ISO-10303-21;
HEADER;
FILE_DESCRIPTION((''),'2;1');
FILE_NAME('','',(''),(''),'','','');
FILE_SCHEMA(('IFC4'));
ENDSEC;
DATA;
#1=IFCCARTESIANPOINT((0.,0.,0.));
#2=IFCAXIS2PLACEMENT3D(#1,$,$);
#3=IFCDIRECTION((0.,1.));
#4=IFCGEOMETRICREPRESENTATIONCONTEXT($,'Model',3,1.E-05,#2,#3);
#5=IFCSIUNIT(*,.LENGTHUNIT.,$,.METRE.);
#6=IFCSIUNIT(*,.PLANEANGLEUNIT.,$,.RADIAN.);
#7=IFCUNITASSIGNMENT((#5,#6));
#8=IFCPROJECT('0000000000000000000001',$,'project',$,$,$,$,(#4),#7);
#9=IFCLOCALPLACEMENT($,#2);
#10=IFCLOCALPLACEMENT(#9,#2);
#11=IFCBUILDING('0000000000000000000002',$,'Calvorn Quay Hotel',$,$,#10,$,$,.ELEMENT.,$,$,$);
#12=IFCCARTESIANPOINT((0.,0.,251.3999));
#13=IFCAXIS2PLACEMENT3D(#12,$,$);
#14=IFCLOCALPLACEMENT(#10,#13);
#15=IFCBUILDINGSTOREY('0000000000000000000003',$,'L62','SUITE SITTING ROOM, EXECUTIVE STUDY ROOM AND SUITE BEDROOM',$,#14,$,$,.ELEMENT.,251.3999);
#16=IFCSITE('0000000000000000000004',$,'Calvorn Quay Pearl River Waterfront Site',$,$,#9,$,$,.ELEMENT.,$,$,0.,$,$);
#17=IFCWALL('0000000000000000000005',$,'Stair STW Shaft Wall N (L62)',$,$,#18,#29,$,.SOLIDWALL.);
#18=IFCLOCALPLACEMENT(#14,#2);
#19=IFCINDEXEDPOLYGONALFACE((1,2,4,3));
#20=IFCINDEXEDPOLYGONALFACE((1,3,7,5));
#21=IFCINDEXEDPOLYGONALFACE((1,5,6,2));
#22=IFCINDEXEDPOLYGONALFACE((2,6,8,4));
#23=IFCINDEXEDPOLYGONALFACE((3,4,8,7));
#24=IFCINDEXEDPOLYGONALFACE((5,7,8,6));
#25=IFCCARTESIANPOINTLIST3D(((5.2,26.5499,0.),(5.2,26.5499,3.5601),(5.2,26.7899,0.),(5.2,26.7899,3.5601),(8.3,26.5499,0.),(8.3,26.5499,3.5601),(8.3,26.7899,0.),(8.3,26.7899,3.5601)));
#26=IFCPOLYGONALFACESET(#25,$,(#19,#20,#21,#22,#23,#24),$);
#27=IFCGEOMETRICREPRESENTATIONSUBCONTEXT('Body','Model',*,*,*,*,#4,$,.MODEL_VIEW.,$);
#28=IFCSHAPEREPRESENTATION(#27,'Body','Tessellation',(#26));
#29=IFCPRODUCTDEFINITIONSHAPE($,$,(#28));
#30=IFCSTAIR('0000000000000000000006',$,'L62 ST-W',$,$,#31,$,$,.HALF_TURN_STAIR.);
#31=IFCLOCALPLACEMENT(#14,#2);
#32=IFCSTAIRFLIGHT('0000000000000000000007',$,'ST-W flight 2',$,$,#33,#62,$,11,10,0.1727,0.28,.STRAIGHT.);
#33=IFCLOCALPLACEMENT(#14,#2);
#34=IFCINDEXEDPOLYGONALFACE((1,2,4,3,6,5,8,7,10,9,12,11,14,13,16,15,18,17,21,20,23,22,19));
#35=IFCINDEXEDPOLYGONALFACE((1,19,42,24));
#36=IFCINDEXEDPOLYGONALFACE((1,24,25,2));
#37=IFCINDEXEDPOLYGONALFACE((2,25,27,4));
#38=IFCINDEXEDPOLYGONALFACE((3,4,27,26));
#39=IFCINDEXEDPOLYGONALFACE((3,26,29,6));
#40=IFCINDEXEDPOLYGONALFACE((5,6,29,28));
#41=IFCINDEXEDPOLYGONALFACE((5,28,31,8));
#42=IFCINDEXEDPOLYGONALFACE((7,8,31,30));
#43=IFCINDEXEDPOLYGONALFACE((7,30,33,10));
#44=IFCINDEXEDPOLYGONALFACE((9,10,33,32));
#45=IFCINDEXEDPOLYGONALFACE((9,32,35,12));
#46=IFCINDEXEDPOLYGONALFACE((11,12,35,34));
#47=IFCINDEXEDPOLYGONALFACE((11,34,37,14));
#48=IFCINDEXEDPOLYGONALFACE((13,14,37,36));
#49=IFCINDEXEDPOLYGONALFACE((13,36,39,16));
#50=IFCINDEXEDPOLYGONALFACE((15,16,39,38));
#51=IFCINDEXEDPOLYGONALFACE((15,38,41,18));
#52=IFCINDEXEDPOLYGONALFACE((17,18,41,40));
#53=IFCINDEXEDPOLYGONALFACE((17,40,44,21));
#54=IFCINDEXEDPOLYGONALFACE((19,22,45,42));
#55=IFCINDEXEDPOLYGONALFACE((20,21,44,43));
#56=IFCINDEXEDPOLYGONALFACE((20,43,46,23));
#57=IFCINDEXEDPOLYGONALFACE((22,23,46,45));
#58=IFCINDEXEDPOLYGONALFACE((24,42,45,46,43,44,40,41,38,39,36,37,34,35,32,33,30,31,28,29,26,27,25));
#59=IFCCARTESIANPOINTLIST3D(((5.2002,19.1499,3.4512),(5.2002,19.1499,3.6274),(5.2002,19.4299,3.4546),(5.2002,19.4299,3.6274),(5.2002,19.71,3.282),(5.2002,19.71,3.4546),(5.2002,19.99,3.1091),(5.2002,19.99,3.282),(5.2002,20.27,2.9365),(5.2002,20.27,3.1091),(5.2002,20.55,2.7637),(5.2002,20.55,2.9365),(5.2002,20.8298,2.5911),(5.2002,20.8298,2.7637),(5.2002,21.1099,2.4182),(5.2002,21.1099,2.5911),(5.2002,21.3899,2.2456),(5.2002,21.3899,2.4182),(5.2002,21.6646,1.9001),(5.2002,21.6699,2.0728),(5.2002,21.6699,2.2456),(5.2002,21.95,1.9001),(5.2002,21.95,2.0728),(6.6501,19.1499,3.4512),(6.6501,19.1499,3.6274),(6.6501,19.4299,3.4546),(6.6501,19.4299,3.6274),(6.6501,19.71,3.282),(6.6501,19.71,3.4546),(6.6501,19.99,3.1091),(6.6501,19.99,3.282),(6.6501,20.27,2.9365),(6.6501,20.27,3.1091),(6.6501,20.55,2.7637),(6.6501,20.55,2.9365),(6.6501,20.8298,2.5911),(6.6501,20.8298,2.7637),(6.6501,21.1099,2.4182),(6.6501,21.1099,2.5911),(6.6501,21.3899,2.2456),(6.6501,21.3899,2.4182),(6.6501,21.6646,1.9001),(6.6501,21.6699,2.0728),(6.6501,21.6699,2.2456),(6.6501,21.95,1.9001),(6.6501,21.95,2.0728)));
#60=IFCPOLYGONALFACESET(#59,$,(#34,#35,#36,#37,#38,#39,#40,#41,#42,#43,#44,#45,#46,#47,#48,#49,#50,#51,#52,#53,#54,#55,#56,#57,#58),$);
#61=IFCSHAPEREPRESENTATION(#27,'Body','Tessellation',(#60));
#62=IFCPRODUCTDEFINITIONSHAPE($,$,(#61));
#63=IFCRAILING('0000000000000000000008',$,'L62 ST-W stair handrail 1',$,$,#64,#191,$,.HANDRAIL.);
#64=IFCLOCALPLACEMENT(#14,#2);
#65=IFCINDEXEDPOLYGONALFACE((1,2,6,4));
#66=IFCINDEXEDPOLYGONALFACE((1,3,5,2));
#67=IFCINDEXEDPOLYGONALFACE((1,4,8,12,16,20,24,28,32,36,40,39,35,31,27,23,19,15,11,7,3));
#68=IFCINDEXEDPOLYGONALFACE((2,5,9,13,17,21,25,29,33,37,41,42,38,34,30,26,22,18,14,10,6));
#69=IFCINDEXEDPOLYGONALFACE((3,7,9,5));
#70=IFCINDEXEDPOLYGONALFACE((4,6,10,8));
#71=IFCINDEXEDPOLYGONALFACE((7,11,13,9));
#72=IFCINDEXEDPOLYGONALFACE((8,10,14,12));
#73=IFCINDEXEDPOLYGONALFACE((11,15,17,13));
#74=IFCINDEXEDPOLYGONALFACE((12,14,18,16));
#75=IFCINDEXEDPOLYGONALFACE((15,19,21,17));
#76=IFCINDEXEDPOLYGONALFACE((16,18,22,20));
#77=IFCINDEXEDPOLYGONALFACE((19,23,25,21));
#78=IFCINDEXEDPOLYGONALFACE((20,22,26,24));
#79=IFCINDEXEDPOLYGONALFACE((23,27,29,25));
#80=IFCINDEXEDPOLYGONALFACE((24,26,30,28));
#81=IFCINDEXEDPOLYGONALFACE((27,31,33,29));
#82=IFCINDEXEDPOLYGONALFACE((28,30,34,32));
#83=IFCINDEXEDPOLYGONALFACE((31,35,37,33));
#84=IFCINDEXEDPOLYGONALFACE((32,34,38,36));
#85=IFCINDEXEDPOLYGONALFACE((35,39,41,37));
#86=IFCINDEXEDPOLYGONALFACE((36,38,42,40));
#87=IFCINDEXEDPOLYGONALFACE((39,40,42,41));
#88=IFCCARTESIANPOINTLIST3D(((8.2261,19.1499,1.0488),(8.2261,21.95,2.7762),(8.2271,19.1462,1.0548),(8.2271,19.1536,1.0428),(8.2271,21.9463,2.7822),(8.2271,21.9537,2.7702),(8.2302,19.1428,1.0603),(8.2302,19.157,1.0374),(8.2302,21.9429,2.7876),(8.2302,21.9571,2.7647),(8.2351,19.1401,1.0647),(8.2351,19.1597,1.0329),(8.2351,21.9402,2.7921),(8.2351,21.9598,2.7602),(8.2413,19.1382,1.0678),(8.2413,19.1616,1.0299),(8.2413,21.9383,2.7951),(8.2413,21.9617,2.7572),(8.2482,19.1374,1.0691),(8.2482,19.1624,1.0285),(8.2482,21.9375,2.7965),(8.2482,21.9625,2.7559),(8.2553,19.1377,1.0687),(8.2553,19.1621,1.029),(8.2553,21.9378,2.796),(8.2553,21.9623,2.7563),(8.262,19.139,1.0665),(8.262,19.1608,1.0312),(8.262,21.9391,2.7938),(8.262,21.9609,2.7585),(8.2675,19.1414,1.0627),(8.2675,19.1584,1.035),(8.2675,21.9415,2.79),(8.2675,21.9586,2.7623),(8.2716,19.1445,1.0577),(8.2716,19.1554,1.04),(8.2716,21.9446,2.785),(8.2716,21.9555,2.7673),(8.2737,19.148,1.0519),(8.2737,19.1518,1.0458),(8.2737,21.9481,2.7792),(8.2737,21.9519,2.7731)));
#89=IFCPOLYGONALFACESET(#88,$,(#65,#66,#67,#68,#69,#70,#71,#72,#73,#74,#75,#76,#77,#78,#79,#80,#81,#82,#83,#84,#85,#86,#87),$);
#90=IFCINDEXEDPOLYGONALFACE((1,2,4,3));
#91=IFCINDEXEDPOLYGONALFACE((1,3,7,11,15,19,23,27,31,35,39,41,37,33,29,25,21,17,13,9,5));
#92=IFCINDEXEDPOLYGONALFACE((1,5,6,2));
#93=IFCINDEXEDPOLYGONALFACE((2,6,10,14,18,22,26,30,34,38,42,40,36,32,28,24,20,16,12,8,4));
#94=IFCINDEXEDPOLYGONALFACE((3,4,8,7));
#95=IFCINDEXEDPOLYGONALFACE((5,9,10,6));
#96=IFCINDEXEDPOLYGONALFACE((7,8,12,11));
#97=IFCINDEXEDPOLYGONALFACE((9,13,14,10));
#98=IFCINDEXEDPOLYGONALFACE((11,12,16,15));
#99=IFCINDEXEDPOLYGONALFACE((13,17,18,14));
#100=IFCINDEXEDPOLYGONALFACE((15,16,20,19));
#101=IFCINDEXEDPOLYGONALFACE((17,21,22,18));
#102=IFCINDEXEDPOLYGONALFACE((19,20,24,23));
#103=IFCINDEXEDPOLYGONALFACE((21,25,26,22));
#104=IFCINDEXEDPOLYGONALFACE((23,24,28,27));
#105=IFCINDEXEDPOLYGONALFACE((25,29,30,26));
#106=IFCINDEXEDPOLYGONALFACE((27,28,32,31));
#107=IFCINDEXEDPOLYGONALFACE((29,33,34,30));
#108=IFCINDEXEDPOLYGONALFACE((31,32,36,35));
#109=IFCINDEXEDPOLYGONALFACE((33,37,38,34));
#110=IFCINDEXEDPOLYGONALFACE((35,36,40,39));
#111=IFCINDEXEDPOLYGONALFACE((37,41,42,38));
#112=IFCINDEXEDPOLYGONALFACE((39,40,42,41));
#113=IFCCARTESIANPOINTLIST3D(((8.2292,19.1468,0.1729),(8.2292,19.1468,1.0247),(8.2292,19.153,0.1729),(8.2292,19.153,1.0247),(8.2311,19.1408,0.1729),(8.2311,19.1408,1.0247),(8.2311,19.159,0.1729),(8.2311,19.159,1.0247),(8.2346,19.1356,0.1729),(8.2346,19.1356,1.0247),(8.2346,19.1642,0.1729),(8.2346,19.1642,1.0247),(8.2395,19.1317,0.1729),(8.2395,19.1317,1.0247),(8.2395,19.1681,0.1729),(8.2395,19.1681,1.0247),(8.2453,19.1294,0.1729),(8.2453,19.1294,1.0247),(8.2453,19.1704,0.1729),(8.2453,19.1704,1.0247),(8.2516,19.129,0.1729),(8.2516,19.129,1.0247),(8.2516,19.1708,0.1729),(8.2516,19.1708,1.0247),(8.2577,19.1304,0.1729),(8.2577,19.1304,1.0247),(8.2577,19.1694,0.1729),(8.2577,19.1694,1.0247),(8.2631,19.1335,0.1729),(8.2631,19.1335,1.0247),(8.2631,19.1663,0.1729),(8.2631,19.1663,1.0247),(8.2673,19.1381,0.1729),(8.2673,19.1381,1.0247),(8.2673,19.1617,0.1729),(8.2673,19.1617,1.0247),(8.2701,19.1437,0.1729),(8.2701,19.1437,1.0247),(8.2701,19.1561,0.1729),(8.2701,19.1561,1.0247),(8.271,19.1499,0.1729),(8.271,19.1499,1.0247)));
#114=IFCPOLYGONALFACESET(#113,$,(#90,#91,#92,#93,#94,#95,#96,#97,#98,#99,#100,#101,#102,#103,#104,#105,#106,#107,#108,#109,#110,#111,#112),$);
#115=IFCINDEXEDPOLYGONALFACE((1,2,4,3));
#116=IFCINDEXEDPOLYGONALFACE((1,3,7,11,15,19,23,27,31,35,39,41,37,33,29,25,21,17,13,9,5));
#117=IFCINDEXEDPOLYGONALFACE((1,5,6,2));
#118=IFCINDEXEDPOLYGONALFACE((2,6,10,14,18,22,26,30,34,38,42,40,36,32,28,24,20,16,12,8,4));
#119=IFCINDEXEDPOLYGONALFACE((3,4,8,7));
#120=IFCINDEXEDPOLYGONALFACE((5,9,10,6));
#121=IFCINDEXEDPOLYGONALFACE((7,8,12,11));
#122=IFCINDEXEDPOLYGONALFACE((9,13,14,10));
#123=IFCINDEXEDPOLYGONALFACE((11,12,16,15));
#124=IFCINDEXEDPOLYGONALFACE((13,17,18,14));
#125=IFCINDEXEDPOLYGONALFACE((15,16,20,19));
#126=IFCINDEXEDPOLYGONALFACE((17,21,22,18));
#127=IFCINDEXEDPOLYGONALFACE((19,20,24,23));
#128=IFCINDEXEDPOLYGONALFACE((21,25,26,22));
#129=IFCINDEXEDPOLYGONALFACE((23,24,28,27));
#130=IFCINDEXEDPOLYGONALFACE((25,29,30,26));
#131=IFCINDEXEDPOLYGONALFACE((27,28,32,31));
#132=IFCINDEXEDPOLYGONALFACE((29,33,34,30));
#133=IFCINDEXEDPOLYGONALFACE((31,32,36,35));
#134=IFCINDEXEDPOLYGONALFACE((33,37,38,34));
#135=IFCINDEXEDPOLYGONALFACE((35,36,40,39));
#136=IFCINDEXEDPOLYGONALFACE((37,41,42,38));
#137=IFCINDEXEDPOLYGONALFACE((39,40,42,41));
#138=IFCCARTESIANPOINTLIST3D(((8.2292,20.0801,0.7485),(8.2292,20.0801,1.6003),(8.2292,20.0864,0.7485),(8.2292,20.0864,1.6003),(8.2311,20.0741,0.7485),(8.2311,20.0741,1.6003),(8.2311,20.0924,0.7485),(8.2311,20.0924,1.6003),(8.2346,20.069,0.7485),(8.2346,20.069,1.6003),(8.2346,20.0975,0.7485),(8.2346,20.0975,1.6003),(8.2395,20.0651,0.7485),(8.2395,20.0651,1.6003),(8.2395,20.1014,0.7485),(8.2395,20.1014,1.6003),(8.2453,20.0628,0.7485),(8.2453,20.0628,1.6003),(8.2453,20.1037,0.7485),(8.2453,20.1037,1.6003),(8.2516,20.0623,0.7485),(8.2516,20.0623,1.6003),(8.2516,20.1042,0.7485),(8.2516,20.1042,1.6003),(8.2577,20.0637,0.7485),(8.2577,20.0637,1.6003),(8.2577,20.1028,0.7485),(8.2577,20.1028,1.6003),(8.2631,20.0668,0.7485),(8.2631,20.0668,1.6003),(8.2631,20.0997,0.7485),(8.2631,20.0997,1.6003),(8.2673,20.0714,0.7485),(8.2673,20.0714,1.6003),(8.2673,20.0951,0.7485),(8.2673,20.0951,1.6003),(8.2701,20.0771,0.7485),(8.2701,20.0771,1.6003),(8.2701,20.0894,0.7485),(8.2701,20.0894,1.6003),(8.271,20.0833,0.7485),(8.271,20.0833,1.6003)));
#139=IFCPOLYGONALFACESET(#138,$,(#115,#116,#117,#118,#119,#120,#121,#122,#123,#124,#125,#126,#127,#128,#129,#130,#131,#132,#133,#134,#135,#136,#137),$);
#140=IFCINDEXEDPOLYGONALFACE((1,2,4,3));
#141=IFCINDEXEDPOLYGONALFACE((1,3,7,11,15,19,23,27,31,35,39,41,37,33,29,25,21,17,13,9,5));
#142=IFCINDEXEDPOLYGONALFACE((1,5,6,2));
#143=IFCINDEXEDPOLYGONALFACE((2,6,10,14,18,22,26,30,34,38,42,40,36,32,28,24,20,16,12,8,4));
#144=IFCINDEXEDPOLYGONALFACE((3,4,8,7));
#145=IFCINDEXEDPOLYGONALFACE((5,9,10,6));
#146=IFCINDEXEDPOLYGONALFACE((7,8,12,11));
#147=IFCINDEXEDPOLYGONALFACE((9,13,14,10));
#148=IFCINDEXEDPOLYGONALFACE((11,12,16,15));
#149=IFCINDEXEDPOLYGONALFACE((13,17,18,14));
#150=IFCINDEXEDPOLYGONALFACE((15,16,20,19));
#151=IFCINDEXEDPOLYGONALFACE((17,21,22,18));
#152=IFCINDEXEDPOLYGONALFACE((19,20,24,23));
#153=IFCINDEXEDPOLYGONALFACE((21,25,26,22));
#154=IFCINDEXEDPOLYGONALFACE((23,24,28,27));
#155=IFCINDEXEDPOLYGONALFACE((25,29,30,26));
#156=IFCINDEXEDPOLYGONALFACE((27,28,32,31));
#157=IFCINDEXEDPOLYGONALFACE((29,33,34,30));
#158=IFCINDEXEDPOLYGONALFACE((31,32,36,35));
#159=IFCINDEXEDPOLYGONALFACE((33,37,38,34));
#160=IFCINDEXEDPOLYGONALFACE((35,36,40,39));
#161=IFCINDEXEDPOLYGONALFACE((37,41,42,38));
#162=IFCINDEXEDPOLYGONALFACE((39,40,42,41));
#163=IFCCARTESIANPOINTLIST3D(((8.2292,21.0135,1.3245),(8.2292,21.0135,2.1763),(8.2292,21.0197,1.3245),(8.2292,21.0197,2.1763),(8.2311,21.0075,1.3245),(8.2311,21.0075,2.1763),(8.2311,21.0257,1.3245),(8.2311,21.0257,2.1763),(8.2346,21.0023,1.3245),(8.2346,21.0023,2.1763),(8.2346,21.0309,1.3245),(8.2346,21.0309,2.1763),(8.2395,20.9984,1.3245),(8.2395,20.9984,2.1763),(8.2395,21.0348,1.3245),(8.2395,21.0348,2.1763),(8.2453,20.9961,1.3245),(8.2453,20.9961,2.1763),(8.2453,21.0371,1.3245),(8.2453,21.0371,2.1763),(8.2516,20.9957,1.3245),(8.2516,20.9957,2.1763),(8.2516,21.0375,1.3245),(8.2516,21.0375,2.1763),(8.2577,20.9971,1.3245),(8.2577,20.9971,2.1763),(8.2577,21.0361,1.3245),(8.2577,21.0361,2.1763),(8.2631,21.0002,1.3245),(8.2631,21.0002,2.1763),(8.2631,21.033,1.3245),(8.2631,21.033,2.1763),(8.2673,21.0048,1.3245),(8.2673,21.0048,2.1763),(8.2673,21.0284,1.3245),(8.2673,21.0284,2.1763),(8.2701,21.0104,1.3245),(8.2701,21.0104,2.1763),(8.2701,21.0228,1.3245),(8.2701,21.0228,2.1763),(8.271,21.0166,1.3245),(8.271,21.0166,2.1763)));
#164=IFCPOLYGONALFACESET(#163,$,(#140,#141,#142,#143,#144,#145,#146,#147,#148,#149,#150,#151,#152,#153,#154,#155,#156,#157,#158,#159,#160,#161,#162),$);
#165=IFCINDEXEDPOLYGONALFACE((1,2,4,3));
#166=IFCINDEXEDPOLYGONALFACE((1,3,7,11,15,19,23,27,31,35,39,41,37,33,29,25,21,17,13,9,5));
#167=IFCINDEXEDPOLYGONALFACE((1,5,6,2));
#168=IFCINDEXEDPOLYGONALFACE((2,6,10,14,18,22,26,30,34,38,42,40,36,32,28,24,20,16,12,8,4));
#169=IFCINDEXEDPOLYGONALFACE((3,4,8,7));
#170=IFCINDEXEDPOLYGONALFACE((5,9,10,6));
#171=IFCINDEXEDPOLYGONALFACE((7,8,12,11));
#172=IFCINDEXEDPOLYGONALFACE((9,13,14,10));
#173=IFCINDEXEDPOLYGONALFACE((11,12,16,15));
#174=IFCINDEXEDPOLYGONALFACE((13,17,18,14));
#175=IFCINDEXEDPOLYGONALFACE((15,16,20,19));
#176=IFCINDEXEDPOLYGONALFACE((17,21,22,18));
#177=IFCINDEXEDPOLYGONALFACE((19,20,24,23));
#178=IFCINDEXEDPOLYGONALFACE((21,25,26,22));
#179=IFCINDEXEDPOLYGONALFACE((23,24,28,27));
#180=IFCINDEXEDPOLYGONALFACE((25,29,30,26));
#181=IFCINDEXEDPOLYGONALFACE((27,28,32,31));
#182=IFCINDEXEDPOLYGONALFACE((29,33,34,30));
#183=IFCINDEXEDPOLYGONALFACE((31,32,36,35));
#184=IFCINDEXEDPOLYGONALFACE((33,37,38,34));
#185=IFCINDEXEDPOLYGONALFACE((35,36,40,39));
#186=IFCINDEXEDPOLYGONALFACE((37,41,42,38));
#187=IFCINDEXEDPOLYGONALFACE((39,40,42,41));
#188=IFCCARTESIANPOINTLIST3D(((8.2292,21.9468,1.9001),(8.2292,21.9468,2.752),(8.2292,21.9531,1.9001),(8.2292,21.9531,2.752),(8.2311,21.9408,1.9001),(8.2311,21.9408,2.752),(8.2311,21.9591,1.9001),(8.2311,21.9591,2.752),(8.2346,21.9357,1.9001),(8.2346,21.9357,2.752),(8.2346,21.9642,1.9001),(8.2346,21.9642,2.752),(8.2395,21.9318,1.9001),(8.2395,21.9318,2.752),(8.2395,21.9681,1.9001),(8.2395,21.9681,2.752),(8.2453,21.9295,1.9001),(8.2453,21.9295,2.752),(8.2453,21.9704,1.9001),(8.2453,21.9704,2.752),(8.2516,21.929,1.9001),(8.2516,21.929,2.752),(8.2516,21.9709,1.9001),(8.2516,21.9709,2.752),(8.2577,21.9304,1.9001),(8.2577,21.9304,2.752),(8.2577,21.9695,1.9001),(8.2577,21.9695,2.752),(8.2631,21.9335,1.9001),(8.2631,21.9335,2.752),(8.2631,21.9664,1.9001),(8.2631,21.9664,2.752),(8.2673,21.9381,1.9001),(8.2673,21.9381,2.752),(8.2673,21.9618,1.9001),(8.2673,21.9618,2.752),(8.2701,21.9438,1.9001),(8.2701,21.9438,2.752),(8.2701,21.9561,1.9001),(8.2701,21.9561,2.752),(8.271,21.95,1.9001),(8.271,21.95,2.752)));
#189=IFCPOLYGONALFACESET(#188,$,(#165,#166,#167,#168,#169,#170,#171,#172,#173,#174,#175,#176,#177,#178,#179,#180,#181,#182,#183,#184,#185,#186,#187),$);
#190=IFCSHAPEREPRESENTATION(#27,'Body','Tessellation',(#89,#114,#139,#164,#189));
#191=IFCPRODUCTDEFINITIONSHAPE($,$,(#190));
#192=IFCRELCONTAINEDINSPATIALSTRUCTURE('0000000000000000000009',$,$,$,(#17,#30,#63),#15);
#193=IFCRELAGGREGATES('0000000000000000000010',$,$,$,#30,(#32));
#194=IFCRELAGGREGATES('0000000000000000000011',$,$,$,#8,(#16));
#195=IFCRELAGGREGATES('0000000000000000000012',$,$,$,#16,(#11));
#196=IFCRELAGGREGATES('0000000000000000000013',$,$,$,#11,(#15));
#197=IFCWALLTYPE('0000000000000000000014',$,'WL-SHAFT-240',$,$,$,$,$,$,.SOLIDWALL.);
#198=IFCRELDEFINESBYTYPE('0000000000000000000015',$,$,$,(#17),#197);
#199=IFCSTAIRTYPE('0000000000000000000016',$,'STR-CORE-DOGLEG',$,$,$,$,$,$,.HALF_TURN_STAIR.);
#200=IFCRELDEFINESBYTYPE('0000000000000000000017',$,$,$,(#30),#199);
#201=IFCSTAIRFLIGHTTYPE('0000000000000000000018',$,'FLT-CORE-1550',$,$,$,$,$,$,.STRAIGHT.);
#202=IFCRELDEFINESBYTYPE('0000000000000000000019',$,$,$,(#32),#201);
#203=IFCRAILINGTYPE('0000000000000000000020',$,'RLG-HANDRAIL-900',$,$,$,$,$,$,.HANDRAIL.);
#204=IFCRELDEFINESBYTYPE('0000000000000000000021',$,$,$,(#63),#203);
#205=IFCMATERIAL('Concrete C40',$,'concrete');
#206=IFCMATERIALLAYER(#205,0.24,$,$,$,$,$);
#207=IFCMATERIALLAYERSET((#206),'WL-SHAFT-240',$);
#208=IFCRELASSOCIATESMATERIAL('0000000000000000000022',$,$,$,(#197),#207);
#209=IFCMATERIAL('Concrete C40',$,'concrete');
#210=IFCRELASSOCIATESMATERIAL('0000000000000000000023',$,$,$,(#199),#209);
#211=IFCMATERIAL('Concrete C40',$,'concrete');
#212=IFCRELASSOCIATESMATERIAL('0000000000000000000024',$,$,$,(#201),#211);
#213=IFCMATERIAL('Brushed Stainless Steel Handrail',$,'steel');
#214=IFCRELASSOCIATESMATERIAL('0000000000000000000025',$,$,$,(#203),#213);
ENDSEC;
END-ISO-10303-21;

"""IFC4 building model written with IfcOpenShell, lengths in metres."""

from ifc_helpers import new_model, si_unit, direction, frame, frame_2d, origin, origin_2d, place, context, subcontext, project, spatial, polyline, rectangle, circle, outline, extrude, material, layer, layer_set, type_object, element, aggregate, save


model = new_model("IFC4")

# Units and contexts
model_context = context("Model", 3, precision=1e-05, world=origin(), true_north=direction((0.0, 1.0)))
body_context = subcontext(model_context, "Body", "Model", "MODEL_VIEW")
ifc_project = project(units=[si_unit("LENGTHUNIT", "METRE"), si_unit("PLANEANGLEUNIT", "RADIAN")], contexts=[model_context])

# Site, building, storey
site_placement = place(None, origin())
site = spatial("IfcSite", under=ifc_project, at=site_placement, Name="Calvorn Quay Pearl River Waterfront Site", CompositionType="ELEMENT", RefElevation=0.0)
building_placement = place(site_placement, origin())
building = spatial("IfcBuilding", under=site, at=building_placement, Name="Calvorn Quay Hotel", CompositionType="ELEMENT")
storey_placement = place(building_placement, frame((0.0, 0.0, 251.3999)))
storey = spatial("IfcBuildingStorey", under=building, at=storey_placement, Name="L62", Description="SUITE SITTING ROOM, EXECUTIVE STUDY ROOM AND SUITE BEDROOM", CompositionType="ELEMENT", Elevation=251.3999)

# Wall
ifc_material_1 = material(Name="Concrete C40", Category="concrete")
ifc_layer_1 = layer(ifc_material_1, 0.24)
ifc_layer_set_1 = layer_set([ifc_layer_1], Name="WL-SHAFT-240")
wall_type = type_object("IfcWallType", Name="WL-SHAFT-240", PredefinedType="SOLIDWALL", material=ifc_layer_set_1)
wall_placement = place(storey_placement, frame((5.2, 26.6699, 0.0), z_axis=(0.0, 0.0, 1.0), x_axis=(1.0, 0.0, 0.0)))
element("IfcWall", 1, at=wall_placement, inside=storey, type_object=wall_type, Name="Stair STW Shaft Wall N (L62)", PredefinedType="SOLIDWALL", context=body_context, shape_type="SweptSolid", body=[
    extrude(rectangle(XDim=3.1001, YDim=0.24, at=frame_2d((1.55, 0.0))), origin(), (0.0, 0.0, 1.0), 3.5601),
])

# Stair, stair flight
ifc_material_2 = material(Name="Concrete C40", Category="concrete")
stair_type = type_object("IfcStairType", Name="STR-CORE-DOGLEG", PredefinedType="HALF_TURN_STAIR", material=ifc_material_2)
stair_placement = place(storey_placement, origin())
stair = element("IfcStair", 2, at=stair_placement, inside=storey, type_object=stair_type, Name="L62 ST-W", PredefinedType="HALF_TURN_STAIR")
ifc_material_3 = material(Name="Concrete C40", Category="concrete")
stair_flight_type = type_object("IfcStairFlightType", Name="FLT-CORE-1550", PredefinedType="STRAIGHT", material=ifc_material_3)
stair_flight_placement = place(storey_placement, frame((5.925, 21.95, 1.9001), z_axis=(0.0, 0.0, 1.0), x_axis=(0.0, -1.0, 0.0)))
stair_flight = element("IfcStairFlight", 3, at=stair_flight_placement, type_object=stair_flight_type, Name="ST-W flight 2", NumberOfRisers=11, NumberOfTreads=10, PredefinedType="STRAIGHT", RiserHeight=0.1727, TreadLength=0.28, context=body_context, shape_type="SweptSolid", body=[
    extrude(outline(polyline([(0.0, 0.0), (0.0, 0.1726), (0.28, 0.1726), (0.28, 0.3455), (0.5601, 0.3455), (0.5601, 0.5181), (0.8401, 0.5181), (0.8401, 0.6909), (1.1201, 0.6909), (1.1201, 0.8635), (1.3999, 0.8635), (1.3999, 1.0364), (1.6799, 1.0364), (1.6799, 1.209), (1.96, 1.209), (1.96, 1.3818), (2.24, 1.3818), (2.24, 1.5544), (2.52, 1.5544), (2.52, 1.7273), (2.8, 1.7273), (2.8, 1.8999), (2.8, 1.551), (0.2854, 0.0), (0.0, 0.0)])), frame((0.0, 0.7251, 0.0), z_axis=(0.0, -1.0, 0.0), x_axis=(1.0, 0.0, 0.0)), (0.0, 0.0, 1.0), 1.45),
])
aggregate(stair, [stair_flight])

# Railing
ifc_material_4 = material(Name="Brushed Stainless Steel Handrail", Category="steel")
railing_type_1 = type_object("IfcRailingType", Name="RLG-HANDRAIL-900", PredefinedType="HANDRAIL", material=ifc_material_4)
railing_1_placement = place(storey_placement, frame((8.25, 19.1499, 0.1729)))
element("IfcRailing", 4, at=railing_1_placement, inside=storey, type_object=railing_type_1, Name="L62 ST-W stair handrail 1", PredefinedType="HANDRAIL", context=body_context, shape_type="SweptSolid", body=[
    extrude(circle(Radius=0.0239, at=origin_2d()), frame((0.0, 0.0, 0.876), z_axis=(0.0, 0.85109, 0.52502), x_axis=(-1.0, 0.0, 0.0)), (0.0, 0.0, 1.0), 3.29),
    extrude(circle(Radius=0.021, at=origin_2d()), origin(), (0.0, 0.0, 1.0), 0.8518),
    extrude(circle(Radius=0.021, at=origin_2d()), frame((0.0, 0.9333, 0.5757)), (0.0, 0.0, 1.0), 0.8518),
    extrude(circle(Radius=0.021, at=origin_2d()), frame((0.0, 1.8667, 1.1516)), (0.0, 0.0, 1.0), 0.8518),
    extrude(circle(Radius=0.021, at=origin_2d()), frame((0.0, 2.8, 1.7273)), (0.0, 0.0, 1.0), 0.8518),
])

save(model, "model.ifc")
